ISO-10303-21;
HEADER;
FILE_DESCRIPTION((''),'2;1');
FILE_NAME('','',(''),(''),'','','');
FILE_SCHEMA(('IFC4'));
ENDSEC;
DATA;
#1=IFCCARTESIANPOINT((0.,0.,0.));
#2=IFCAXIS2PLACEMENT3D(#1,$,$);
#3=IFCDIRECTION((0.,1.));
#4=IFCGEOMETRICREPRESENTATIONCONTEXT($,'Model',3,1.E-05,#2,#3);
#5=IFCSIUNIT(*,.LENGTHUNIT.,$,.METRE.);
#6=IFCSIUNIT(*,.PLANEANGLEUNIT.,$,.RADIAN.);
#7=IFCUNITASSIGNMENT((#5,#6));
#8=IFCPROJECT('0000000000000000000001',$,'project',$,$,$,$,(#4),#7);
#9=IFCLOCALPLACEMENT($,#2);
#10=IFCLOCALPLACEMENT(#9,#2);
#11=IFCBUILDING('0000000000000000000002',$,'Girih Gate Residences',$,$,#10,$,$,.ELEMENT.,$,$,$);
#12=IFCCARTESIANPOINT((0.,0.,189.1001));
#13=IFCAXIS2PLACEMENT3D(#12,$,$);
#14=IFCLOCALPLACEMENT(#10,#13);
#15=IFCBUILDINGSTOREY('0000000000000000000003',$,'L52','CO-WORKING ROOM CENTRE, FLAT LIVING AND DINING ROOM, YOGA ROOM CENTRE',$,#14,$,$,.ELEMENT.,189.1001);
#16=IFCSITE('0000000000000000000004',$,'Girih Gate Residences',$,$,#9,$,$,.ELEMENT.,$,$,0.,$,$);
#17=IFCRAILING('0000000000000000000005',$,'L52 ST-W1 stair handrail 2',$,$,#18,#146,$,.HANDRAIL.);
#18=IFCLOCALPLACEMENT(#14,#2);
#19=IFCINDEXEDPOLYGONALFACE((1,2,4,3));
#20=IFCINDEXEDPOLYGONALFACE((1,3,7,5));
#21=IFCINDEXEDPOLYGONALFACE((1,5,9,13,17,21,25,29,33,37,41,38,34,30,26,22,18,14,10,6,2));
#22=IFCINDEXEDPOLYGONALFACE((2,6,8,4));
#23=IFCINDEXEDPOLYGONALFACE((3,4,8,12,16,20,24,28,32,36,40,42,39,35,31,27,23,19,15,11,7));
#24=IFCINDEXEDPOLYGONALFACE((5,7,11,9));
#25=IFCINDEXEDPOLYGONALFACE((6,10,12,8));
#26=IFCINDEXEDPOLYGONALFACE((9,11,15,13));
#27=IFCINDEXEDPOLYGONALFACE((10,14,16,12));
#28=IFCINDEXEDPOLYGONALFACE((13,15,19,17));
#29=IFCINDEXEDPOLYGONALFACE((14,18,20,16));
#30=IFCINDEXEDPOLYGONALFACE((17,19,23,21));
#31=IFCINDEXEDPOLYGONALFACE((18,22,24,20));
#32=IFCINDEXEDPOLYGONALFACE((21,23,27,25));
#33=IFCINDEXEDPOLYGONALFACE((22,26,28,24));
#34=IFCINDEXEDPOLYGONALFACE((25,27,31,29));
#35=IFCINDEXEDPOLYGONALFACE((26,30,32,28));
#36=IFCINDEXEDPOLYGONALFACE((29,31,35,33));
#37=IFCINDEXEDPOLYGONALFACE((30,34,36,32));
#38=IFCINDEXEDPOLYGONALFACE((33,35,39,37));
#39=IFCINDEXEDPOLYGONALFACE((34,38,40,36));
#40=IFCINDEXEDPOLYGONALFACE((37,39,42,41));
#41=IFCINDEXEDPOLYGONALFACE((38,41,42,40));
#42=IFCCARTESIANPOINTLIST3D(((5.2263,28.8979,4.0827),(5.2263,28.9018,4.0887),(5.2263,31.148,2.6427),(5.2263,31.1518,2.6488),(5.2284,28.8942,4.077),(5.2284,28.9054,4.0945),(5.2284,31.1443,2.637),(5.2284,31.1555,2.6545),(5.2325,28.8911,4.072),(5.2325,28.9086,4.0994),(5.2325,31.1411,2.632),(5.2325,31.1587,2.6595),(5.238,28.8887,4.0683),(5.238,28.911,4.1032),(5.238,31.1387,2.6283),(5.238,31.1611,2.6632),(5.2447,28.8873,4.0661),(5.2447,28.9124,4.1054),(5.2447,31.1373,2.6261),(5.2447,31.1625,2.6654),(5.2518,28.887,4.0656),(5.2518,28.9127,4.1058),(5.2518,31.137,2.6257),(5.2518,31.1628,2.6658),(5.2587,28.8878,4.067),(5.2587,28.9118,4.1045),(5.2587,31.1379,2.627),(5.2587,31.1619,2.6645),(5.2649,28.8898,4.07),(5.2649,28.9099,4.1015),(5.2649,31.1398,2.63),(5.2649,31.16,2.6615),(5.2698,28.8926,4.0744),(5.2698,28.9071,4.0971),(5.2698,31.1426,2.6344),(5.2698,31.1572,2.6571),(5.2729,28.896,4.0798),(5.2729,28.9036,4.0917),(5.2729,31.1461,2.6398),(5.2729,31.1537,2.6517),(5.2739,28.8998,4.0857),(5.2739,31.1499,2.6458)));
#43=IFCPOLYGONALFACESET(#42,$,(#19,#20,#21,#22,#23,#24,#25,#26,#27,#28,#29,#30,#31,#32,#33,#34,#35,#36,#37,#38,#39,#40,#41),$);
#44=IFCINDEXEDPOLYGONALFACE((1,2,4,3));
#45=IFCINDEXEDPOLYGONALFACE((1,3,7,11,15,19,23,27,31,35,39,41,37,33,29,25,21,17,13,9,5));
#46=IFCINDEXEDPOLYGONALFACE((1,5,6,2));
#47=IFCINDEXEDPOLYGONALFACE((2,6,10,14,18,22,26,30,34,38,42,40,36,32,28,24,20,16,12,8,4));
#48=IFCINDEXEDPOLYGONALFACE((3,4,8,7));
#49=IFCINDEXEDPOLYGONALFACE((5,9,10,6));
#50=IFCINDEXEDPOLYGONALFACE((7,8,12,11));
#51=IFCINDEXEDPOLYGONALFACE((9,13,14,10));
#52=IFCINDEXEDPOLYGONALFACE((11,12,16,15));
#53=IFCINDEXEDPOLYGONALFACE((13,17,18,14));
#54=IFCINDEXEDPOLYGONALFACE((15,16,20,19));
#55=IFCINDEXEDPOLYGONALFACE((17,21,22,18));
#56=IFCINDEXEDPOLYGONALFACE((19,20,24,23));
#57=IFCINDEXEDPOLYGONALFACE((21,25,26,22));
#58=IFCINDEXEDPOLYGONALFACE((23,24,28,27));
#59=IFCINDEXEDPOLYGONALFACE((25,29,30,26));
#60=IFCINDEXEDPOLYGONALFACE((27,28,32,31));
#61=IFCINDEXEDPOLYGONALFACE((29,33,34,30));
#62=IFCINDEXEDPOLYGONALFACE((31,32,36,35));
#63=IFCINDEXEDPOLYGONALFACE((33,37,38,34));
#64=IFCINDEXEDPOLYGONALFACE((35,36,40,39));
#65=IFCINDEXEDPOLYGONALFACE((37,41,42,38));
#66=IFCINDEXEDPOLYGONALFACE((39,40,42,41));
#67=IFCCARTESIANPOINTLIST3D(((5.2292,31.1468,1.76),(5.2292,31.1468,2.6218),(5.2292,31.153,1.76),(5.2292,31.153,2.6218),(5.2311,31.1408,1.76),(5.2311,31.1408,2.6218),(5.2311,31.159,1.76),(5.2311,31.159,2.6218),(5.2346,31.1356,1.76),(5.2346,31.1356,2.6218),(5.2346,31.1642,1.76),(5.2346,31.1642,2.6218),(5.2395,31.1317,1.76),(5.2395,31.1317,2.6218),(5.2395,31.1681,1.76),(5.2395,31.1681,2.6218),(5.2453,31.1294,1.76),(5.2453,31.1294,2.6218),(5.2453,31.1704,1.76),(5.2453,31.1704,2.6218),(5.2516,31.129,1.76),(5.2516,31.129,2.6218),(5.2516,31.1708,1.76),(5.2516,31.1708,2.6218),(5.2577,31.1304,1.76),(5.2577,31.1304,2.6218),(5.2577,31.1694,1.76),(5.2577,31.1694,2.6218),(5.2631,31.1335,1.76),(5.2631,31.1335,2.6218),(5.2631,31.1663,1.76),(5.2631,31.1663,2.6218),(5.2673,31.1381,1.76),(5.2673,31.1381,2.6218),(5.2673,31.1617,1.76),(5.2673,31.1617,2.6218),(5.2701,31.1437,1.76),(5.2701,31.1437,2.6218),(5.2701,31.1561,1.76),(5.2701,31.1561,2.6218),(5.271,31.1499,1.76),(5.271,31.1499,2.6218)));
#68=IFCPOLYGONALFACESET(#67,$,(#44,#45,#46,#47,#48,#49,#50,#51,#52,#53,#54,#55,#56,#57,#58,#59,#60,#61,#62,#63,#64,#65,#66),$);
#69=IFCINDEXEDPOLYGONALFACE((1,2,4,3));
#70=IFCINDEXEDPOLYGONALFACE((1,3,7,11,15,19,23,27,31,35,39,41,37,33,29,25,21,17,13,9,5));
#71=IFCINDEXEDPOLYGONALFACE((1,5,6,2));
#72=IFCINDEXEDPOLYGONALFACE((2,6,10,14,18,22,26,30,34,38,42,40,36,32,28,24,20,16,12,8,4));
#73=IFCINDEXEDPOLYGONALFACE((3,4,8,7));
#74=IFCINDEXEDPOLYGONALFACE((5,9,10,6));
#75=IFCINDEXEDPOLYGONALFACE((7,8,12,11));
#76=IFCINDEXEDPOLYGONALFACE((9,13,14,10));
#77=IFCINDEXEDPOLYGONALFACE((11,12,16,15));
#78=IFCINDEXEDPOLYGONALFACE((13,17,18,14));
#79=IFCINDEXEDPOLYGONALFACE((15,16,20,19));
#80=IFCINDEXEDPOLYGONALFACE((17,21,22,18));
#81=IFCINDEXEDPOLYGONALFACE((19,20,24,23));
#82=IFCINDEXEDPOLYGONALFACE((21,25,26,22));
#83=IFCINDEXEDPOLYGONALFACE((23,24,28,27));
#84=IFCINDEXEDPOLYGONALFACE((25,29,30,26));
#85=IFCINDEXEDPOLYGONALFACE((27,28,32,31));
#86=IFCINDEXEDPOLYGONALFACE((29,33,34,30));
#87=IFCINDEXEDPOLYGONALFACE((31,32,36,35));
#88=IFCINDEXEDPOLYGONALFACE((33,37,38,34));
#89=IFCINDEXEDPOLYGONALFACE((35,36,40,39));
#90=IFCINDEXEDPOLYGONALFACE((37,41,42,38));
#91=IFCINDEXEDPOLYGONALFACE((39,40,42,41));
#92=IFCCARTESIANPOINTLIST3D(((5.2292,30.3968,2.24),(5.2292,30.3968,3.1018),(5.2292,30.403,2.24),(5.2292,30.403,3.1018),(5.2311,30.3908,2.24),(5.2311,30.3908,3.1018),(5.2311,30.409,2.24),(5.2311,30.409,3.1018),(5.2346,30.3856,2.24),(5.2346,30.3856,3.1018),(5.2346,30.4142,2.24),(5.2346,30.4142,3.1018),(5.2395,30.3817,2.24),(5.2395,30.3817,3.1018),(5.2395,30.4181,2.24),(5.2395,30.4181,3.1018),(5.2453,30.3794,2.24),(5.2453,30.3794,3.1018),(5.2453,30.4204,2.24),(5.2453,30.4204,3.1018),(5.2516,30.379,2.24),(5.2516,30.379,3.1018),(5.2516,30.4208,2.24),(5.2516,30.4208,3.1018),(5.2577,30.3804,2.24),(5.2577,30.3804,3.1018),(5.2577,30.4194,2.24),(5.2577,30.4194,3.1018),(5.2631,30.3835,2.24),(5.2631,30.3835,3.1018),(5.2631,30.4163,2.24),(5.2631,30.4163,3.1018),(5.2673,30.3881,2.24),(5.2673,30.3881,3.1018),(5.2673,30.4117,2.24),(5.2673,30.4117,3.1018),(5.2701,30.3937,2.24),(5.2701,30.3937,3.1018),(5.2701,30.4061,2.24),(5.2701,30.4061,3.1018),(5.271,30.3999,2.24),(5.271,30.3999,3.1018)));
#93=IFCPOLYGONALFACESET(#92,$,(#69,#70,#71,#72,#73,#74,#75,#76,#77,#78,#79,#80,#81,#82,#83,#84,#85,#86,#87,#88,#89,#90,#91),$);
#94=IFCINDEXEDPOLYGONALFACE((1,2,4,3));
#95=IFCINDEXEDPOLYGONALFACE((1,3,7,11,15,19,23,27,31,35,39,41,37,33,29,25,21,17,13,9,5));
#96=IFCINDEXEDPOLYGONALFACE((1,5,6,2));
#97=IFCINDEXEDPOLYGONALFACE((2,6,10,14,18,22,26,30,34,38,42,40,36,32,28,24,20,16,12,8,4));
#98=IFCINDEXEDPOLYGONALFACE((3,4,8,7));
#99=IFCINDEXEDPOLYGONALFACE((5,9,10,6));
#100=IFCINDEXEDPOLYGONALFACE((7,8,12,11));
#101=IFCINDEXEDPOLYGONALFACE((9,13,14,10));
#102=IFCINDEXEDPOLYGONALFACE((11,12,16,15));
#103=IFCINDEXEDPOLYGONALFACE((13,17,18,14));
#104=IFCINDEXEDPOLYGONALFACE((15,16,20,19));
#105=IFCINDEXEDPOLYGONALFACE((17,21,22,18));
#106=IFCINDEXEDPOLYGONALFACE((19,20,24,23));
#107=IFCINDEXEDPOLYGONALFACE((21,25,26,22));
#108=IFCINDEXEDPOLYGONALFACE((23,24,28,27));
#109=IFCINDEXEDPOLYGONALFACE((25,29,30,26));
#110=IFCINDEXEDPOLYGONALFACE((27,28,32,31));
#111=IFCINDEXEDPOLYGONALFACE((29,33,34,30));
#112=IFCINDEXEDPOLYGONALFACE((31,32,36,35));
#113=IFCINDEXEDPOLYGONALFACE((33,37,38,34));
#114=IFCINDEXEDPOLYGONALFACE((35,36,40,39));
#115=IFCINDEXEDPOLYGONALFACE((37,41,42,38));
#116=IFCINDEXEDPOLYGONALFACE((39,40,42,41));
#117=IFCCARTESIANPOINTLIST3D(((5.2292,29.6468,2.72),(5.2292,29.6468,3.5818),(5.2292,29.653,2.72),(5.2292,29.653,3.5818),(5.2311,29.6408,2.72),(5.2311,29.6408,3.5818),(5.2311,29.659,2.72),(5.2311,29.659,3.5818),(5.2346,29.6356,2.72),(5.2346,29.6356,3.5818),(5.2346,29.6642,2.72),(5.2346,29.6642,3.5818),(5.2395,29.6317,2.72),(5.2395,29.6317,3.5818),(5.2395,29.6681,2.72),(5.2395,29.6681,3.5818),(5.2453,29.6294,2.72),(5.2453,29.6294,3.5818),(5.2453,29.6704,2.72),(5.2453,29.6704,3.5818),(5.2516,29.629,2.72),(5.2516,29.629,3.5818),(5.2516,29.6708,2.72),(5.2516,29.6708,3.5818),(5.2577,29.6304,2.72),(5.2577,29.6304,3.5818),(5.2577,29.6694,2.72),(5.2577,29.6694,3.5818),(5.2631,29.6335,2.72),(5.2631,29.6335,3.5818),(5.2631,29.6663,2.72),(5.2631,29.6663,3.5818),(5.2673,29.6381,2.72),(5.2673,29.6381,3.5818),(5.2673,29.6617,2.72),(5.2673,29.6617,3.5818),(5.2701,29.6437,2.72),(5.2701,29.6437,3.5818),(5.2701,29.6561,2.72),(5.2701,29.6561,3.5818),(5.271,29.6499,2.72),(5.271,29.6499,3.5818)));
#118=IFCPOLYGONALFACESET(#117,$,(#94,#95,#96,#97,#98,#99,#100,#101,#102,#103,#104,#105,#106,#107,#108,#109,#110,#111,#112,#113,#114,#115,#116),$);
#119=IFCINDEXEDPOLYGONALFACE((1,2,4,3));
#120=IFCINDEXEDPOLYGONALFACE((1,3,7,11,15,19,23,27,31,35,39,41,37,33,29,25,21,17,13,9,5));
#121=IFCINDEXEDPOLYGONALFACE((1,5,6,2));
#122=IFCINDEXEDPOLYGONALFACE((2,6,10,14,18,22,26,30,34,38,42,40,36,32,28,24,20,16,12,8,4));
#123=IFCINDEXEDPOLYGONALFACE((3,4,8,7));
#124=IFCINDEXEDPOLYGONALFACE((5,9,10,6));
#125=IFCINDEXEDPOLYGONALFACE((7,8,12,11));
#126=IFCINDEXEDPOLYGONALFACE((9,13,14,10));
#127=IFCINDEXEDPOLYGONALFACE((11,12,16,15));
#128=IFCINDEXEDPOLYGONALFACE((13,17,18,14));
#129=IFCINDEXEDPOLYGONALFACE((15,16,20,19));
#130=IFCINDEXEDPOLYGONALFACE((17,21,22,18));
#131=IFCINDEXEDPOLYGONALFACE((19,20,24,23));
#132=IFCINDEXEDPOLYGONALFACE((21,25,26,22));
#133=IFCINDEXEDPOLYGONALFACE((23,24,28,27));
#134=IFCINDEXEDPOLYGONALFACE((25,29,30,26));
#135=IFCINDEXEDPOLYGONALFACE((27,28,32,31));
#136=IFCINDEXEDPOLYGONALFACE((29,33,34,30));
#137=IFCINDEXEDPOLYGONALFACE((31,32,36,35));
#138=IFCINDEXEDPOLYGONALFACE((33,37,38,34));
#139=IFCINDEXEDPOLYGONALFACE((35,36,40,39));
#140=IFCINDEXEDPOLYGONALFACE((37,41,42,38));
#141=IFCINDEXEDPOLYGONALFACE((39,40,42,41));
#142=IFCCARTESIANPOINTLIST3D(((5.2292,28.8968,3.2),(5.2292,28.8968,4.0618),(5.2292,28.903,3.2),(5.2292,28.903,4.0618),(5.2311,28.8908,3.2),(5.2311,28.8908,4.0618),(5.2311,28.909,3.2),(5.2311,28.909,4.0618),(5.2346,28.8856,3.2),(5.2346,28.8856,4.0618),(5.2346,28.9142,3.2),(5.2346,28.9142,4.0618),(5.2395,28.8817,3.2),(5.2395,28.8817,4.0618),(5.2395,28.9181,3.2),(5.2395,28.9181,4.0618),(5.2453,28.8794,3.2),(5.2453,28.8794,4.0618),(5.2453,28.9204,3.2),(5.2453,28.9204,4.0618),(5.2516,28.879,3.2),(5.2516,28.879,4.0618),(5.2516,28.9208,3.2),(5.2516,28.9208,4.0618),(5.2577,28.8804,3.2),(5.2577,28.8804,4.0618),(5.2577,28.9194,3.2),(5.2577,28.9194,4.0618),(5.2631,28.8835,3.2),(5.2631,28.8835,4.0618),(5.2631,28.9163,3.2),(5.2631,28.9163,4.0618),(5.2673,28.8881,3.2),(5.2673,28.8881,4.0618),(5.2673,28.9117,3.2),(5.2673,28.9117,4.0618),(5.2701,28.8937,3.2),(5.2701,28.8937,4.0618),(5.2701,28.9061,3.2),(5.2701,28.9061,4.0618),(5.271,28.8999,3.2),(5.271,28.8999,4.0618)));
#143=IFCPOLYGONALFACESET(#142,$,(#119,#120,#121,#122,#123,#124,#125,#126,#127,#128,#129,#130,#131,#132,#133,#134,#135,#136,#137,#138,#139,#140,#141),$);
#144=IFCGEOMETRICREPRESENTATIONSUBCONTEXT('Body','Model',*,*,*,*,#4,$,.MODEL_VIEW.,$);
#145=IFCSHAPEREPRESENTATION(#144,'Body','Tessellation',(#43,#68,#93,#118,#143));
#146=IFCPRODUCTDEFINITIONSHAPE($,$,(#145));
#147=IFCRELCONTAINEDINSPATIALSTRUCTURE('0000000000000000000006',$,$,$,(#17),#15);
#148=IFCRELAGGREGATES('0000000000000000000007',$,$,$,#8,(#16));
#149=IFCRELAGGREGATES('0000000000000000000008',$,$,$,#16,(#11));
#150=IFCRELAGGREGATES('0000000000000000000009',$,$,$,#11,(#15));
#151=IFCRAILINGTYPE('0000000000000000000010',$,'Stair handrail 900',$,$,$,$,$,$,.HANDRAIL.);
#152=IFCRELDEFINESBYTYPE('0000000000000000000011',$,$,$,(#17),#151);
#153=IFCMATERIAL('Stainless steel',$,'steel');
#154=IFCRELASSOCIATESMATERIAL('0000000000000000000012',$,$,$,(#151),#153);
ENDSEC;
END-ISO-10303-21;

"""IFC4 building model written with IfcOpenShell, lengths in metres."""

from ifc_helpers import new_model, si_unit, direction, frame, origin, origin_2d, place, context, subcontext, project, spatial, circle, extrude, material, type_object, element, save


model = new_model("IFC4")

# Units and contexts
model_context = context("Model", 3, precision=1e-05, world=origin(), true_north=direction((0.0, 1.0)))
body_context = subcontext(model_context, "Body", "Model", "MODEL_VIEW")
ifc_project = project(units=[si_unit("LENGTHUNIT", "METRE"), si_unit("PLANEANGLEUNIT", "RADIAN")], contexts=[model_context])

# Site, building, storey
site_placement = place(None, origin())
site = spatial("IfcSite", under=ifc_project, at=site_placement, Name="Girih Gate Residences", CompositionType="ELEMENT", RefElevation=0.0)
building_placement = place(site_placement, origin())
building = spatial("IfcBuilding", under=site, at=building_placement, Name="Girih Gate Residences", CompositionType="ELEMENT")
storey_placement = place(building_placement, frame((0.0, 0.0, 189.1001)))
storey = spatial("IfcBuildingStorey", under=building, at=storey_placement, Name="L52", Description="CO-WORKING ROOM CENTRE, FLAT LIVING AND DINING ROOM, YOGA ROOM CENTRE", CompositionType="ELEMENT", Elevation=189.1001)

# Railing
ifc_material_1 = material(Name="Stainless steel", Category="steel")
railing_type = type_object("IfcRailingType", Name="Stair handrail 900", PredefinedType="HANDRAIL", material=ifc_material_1)
railing_placement = place(storey_placement, frame((5.25, 31.1499, 1.76)))
element("IfcRailing", 1, at=railing_placement, inside=storey, type_object=railing_type, Name="L52 ST-W1 stair handrail 2", PredefinedType="HANDRAIL", context=body_context, shape_type="SweptSolid", body=[
    extrude(circle(Radius=0.0239, at=origin_2d()), frame((0.0, 0.0, 0.8857), z_axis=(0.0, -0.842281, 0.539038), x_axis=(1.0, 0.0, 0.0)), (0.0, 0.0, 1.0), 2.6714),
    extrude(circle(Radius=0.021, at=origin_2d()), origin(), (0.0, 0.0, 1.0), 0.8618),
    extrude(circle(Radius=0.021, at=origin_2d()), frame((0.0, -0.75, 0.48)), (0.0, 0.0, 1.0), 0.8618),
    extrude(circle(Radius=0.021, at=origin_2d()), frame((0.0, -1.5, 0.96)), (0.0, 0.0, 1.0), 0.8618),
    extrude(circle(Radius=0.021, at=origin_2d()), frame((0.0, -2.25, 1.4399)), (0.0, 0.0, 1.0), 0.8618),
])

save(model, "model.ifc")
